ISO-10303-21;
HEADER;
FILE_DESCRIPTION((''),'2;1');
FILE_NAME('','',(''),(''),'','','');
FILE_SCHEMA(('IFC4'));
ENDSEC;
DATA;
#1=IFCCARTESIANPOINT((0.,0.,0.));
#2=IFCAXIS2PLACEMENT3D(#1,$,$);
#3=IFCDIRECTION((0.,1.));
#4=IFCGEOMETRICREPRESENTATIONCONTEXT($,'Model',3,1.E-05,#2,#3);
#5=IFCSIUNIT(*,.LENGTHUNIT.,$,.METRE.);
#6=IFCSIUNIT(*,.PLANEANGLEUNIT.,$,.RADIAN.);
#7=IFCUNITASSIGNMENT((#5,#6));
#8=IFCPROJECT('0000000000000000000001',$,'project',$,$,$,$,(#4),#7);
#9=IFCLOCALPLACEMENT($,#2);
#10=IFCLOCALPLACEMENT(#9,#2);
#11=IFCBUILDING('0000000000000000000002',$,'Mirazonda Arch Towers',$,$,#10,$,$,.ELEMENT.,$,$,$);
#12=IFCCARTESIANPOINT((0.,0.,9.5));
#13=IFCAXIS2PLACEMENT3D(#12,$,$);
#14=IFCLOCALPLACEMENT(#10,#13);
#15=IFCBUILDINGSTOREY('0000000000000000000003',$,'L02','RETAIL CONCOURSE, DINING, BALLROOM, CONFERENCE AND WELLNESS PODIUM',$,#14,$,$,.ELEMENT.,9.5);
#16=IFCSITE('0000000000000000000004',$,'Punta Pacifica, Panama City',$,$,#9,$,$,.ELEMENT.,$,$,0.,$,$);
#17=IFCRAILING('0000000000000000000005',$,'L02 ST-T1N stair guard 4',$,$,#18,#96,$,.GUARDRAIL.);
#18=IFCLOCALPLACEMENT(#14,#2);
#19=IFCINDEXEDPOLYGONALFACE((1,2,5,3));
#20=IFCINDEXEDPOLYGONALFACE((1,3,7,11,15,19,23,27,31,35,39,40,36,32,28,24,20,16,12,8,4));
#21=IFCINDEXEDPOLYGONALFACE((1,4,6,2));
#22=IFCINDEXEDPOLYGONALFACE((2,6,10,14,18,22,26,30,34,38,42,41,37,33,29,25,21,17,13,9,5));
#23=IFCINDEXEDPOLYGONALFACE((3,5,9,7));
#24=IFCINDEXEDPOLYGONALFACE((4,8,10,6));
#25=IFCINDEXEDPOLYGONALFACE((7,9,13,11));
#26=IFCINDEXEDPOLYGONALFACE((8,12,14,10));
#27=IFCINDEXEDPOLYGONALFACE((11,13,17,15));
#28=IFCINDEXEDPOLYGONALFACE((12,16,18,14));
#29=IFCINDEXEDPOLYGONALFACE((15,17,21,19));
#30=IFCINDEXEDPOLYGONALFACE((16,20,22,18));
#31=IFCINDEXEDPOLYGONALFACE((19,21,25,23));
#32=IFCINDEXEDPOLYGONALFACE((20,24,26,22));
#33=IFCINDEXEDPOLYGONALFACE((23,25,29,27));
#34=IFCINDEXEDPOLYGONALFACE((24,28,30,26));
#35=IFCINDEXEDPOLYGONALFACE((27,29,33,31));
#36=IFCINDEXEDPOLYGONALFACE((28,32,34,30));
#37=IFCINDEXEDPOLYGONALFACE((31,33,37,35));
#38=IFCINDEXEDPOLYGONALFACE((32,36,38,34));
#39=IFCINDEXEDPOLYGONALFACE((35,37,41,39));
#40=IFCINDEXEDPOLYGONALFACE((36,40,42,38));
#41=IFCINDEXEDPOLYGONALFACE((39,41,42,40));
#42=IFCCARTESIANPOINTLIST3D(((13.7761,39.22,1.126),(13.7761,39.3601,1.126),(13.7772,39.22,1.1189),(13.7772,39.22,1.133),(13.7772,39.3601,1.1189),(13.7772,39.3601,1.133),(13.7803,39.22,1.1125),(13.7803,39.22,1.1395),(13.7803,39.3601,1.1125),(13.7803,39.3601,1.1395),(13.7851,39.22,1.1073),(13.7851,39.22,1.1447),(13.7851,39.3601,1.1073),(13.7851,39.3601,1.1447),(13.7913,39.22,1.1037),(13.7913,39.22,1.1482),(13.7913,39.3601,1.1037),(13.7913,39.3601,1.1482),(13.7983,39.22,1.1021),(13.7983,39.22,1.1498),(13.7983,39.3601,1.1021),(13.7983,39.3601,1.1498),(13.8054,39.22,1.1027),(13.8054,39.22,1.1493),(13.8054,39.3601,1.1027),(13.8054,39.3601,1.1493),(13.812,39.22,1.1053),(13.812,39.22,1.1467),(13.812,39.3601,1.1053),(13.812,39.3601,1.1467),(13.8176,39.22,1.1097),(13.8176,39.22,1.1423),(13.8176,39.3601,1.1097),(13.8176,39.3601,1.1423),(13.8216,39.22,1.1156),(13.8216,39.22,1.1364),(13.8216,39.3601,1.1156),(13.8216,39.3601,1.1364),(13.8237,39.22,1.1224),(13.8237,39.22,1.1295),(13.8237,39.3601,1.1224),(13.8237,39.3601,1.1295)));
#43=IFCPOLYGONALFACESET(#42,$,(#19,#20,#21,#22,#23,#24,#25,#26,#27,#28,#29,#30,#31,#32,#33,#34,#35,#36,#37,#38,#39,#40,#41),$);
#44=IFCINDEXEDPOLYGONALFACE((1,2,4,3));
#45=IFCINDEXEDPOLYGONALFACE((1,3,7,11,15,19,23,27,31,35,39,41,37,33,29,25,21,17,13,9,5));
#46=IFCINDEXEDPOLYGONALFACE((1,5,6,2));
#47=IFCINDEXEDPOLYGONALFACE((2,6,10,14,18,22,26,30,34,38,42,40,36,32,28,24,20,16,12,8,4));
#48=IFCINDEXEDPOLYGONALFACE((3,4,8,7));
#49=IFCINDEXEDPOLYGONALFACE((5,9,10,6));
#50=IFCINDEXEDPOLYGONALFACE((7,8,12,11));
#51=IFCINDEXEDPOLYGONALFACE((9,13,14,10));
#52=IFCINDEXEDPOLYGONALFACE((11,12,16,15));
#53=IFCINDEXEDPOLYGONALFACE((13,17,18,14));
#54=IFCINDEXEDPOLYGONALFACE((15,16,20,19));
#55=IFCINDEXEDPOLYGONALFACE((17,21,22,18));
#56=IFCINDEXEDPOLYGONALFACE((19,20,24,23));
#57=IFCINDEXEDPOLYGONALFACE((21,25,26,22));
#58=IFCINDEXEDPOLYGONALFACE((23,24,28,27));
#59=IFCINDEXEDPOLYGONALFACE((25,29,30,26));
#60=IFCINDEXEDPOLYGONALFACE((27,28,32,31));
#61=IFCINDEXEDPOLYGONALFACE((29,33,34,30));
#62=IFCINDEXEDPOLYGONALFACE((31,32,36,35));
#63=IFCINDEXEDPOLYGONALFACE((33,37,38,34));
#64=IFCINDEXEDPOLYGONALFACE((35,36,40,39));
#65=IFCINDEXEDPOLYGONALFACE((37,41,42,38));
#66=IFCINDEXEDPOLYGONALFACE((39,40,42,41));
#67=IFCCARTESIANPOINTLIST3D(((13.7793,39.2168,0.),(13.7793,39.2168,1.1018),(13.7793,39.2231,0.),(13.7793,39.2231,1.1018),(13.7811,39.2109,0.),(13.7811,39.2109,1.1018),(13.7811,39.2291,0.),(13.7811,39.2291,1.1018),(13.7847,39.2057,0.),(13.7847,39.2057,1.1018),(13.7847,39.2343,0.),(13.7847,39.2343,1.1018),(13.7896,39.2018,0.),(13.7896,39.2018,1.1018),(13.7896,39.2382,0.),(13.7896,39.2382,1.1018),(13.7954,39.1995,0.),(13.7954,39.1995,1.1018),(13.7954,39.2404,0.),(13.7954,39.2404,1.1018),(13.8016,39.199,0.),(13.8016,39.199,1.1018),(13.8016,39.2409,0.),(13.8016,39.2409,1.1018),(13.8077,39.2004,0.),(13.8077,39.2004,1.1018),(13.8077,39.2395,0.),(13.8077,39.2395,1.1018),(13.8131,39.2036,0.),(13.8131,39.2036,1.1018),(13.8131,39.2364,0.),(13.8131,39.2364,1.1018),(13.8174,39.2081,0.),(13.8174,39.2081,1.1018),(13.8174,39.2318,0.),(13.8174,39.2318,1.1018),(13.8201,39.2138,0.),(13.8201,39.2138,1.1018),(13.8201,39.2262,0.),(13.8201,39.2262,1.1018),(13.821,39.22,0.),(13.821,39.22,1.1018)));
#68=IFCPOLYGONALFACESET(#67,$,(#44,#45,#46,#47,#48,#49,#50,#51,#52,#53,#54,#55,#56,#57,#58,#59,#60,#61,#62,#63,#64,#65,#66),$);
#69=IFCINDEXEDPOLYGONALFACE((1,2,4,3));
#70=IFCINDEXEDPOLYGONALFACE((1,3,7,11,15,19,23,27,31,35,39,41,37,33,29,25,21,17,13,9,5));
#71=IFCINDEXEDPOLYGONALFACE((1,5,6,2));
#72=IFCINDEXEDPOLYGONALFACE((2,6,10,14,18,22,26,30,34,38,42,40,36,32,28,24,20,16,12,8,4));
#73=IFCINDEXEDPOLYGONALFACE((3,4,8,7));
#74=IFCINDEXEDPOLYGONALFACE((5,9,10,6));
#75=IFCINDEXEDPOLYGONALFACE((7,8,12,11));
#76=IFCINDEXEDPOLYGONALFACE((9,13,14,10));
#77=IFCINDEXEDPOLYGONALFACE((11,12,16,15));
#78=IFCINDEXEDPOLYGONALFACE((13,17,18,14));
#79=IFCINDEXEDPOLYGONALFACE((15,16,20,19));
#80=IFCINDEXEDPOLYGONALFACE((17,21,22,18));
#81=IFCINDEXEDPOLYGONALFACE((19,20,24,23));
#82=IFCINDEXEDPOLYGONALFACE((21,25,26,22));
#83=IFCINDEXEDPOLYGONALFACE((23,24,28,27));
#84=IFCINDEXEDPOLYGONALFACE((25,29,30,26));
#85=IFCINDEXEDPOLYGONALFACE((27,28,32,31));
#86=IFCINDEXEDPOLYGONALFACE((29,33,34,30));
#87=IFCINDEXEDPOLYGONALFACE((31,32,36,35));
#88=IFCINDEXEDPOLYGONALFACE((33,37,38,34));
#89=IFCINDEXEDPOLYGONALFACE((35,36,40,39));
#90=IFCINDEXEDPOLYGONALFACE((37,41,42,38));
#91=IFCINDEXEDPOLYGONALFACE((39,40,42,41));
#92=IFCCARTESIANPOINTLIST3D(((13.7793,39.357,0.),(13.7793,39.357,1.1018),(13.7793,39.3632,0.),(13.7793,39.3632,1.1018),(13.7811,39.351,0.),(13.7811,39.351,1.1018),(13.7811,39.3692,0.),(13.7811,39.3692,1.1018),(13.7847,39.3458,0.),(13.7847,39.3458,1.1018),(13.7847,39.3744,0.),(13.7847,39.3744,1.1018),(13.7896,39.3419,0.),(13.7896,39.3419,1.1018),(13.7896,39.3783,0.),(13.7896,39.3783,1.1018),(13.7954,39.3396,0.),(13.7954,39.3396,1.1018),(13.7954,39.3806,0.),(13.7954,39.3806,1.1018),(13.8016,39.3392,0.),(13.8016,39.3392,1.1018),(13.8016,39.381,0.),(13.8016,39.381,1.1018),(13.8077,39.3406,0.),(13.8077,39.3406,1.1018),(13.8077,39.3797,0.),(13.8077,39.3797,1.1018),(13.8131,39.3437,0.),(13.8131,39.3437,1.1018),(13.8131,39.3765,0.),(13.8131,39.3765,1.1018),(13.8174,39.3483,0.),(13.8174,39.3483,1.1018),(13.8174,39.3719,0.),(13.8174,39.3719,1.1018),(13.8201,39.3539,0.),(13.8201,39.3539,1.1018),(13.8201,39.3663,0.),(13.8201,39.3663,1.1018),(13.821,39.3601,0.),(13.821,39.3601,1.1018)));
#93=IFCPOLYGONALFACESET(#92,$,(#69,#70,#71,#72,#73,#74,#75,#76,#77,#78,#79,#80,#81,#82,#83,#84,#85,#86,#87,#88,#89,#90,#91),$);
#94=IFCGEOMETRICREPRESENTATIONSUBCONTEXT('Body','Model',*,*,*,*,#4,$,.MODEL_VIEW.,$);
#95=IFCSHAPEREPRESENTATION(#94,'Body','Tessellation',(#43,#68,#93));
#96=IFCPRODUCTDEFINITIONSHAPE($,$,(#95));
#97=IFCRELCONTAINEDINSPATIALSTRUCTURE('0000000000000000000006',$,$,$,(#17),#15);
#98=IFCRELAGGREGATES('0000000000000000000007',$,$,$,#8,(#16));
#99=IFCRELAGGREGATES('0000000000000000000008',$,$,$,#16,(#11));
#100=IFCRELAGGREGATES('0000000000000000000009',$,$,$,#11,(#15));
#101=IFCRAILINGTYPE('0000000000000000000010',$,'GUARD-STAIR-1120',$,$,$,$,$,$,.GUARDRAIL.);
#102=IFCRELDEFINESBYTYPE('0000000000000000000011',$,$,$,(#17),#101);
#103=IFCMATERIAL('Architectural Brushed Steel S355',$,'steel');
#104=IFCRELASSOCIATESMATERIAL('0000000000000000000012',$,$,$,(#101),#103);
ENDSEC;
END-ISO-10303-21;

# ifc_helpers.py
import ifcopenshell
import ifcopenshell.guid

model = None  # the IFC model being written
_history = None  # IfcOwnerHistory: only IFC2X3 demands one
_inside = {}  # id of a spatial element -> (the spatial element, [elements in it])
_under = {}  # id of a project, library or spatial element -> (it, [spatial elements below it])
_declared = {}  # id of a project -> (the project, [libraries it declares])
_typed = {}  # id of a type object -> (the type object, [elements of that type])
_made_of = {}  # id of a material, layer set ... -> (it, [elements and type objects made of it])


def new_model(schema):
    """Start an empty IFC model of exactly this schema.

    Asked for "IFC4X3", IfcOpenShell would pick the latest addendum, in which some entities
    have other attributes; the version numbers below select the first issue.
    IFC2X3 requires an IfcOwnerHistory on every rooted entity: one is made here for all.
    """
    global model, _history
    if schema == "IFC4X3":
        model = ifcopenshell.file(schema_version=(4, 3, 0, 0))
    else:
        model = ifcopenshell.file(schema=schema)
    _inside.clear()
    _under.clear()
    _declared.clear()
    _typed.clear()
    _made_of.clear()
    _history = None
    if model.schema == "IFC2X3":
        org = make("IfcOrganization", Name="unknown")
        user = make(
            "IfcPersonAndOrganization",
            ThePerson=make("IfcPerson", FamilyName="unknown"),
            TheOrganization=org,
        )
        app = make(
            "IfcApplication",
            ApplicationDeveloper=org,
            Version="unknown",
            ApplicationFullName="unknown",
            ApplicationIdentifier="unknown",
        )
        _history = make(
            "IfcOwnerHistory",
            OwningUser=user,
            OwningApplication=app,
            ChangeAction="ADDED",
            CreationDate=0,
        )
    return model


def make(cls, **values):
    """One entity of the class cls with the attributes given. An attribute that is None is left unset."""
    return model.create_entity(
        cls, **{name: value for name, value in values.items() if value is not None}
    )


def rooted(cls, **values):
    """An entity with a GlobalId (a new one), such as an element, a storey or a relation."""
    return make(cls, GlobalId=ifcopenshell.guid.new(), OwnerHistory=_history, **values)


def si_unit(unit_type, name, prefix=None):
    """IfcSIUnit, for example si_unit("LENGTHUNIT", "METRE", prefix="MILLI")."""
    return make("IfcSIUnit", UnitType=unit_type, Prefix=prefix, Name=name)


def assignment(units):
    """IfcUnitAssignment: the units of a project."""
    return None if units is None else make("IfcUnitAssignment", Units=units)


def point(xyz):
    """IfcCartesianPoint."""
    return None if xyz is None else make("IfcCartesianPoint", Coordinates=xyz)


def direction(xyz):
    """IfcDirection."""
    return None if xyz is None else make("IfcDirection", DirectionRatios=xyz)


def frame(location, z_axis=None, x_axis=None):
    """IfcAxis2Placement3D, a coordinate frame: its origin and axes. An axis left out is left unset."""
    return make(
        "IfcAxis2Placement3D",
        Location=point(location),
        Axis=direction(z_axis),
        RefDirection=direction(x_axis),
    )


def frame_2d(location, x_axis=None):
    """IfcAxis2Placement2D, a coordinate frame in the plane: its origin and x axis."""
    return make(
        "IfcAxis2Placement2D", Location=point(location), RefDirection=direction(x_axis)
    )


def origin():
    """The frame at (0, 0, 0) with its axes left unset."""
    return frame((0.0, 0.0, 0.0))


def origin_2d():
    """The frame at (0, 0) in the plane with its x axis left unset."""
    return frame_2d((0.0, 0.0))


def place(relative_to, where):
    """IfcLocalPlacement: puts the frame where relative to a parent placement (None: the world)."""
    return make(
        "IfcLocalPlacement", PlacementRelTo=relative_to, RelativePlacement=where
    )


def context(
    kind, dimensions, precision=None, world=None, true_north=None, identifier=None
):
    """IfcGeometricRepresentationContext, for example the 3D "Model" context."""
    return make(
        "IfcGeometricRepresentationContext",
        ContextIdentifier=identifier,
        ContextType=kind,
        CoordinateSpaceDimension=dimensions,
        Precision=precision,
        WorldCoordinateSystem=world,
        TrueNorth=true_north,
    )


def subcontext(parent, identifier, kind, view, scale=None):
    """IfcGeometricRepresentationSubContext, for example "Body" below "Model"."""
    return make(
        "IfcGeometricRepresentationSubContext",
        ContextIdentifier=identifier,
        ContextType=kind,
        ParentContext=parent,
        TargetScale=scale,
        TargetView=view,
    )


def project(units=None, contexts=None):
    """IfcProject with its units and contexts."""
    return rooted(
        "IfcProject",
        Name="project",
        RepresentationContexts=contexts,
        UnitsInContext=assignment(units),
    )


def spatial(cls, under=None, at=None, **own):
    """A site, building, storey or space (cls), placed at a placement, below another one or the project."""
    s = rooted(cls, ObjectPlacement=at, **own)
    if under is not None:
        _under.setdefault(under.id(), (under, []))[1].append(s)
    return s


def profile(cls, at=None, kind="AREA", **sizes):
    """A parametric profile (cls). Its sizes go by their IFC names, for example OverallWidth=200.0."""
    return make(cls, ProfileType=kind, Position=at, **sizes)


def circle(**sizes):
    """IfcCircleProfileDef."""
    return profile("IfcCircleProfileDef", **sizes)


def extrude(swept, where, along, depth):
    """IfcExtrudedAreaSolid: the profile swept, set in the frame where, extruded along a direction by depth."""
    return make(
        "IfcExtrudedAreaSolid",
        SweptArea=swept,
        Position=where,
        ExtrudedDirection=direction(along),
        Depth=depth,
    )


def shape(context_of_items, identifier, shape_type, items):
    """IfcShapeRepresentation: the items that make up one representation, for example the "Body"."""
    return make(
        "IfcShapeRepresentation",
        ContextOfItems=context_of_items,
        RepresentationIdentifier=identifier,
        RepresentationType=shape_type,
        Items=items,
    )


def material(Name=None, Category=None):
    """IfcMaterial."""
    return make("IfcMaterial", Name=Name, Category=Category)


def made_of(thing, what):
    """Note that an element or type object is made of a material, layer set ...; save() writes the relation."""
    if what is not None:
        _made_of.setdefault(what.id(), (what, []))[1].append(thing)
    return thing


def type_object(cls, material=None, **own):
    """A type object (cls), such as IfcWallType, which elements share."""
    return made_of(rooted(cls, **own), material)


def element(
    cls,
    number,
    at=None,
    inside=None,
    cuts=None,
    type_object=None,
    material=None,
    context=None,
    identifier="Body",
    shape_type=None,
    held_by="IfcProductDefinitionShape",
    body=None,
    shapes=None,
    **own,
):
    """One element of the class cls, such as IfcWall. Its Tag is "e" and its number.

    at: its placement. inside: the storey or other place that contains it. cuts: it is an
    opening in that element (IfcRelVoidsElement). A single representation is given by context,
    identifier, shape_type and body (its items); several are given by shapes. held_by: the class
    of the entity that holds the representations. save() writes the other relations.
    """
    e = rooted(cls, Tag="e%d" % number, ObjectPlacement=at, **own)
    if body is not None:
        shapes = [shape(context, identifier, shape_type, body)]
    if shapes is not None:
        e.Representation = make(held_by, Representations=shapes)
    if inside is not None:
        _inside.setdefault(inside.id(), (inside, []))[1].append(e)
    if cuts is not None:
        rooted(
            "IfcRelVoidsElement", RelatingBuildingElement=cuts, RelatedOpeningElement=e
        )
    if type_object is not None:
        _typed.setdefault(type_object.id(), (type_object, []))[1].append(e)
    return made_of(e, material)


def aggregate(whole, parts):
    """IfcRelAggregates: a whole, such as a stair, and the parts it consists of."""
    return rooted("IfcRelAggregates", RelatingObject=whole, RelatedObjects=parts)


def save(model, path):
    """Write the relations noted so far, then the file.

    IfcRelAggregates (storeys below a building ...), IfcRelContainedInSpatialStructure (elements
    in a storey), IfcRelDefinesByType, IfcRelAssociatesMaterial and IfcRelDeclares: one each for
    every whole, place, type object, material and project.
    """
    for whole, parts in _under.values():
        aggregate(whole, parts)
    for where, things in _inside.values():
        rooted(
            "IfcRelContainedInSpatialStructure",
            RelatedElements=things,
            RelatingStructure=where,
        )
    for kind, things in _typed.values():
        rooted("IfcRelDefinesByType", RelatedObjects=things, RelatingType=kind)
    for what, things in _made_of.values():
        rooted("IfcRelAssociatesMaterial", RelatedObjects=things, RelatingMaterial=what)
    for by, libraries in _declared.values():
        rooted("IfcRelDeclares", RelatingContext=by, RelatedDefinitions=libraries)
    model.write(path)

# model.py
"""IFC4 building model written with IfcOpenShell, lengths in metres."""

from ifc_helpers import new_model, si_unit, direction, frame, origin, origin_2d, place, context, subcontext, project, spatial, circle, extrude, material, type_object, element, save


model = new_model("IFC4")

# Units and contexts
model_context = context("Model", 3, precision=1e-05, world=origin(), true_north=direction((0.0, 1.0)))
body_context = subcontext(model_context, "Body", "Model", "MODEL_VIEW")
ifc_project = project(units=[si_unit("LENGTHUNIT", "METRE"), si_unit("PLANEANGLEUNIT", "RADIAN")], contexts=[model_context])

# Site, building, storey
site_placement = place(None, origin())
site = spatial("IfcSite", under=ifc_project, at=site_placement, Name="Punta Pacifica, Panama City", CompositionType="ELEMENT", RefElevation=0.0)
building_placement = place(site_placement, origin())
building = spatial("IfcBuilding", under=site, at=building_placement, Name="Mirazonda Arch Towers", CompositionType="ELEMENT")
storey_placement = place(building_placement, frame((0.0, 0.0, 9.5)))
storey = spatial("IfcBuildingStorey", under=building, at=storey_placement, Name="L02", Description="RETAIL CONCOURSE, DINING, BALLROOM, CONFERENCE AND WELLNESS PODIUM", CompositionType="ELEMENT", Elevation=9.5)

# Shared definitions
ifc_material_1 = material(Name="Architectural Brushed Steel S355", Category="steel")

# Railing
railing_type_1 = type_object("IfcRailingType", Name="GUARD-STAIR-1120", PredefinedType="GUARDRAIL", material=ifc_material_1)
railing_1_placement = place(storey_placement, frame((13.8, 39.22, 0.0)))
element("IfcRailing", 1, at=railing_1_placement, inside=storey, type_object=railing_type_1, Name="L02 ST-T1N stair guard 4", PredefinedType="GUARDRAIL", context=body_context, shape_type="SweptSolid", body=[
    extrude(circle(Radius=0.0239, at=origin_2d()), frame((0.0, 0.0, 1.126), z_axis=(0.0, 1.0, 0.0), x_axis=(-1.0, 0.0, 0.0)), (0.0, 0.0, 1.0), 0.1401),
    extrude(circle(Radius=0.021, at=origin_2d()), origin(), (0.0, 0.0, 1.0), 1.1018),
    extrude(circle(Radius=0.021, at=origin_2d()), frame((0.0, 0.1401, 0.0)), (0.0, 0.0, 1.0), 1.1018),
])

save(model, "model.ifc")
